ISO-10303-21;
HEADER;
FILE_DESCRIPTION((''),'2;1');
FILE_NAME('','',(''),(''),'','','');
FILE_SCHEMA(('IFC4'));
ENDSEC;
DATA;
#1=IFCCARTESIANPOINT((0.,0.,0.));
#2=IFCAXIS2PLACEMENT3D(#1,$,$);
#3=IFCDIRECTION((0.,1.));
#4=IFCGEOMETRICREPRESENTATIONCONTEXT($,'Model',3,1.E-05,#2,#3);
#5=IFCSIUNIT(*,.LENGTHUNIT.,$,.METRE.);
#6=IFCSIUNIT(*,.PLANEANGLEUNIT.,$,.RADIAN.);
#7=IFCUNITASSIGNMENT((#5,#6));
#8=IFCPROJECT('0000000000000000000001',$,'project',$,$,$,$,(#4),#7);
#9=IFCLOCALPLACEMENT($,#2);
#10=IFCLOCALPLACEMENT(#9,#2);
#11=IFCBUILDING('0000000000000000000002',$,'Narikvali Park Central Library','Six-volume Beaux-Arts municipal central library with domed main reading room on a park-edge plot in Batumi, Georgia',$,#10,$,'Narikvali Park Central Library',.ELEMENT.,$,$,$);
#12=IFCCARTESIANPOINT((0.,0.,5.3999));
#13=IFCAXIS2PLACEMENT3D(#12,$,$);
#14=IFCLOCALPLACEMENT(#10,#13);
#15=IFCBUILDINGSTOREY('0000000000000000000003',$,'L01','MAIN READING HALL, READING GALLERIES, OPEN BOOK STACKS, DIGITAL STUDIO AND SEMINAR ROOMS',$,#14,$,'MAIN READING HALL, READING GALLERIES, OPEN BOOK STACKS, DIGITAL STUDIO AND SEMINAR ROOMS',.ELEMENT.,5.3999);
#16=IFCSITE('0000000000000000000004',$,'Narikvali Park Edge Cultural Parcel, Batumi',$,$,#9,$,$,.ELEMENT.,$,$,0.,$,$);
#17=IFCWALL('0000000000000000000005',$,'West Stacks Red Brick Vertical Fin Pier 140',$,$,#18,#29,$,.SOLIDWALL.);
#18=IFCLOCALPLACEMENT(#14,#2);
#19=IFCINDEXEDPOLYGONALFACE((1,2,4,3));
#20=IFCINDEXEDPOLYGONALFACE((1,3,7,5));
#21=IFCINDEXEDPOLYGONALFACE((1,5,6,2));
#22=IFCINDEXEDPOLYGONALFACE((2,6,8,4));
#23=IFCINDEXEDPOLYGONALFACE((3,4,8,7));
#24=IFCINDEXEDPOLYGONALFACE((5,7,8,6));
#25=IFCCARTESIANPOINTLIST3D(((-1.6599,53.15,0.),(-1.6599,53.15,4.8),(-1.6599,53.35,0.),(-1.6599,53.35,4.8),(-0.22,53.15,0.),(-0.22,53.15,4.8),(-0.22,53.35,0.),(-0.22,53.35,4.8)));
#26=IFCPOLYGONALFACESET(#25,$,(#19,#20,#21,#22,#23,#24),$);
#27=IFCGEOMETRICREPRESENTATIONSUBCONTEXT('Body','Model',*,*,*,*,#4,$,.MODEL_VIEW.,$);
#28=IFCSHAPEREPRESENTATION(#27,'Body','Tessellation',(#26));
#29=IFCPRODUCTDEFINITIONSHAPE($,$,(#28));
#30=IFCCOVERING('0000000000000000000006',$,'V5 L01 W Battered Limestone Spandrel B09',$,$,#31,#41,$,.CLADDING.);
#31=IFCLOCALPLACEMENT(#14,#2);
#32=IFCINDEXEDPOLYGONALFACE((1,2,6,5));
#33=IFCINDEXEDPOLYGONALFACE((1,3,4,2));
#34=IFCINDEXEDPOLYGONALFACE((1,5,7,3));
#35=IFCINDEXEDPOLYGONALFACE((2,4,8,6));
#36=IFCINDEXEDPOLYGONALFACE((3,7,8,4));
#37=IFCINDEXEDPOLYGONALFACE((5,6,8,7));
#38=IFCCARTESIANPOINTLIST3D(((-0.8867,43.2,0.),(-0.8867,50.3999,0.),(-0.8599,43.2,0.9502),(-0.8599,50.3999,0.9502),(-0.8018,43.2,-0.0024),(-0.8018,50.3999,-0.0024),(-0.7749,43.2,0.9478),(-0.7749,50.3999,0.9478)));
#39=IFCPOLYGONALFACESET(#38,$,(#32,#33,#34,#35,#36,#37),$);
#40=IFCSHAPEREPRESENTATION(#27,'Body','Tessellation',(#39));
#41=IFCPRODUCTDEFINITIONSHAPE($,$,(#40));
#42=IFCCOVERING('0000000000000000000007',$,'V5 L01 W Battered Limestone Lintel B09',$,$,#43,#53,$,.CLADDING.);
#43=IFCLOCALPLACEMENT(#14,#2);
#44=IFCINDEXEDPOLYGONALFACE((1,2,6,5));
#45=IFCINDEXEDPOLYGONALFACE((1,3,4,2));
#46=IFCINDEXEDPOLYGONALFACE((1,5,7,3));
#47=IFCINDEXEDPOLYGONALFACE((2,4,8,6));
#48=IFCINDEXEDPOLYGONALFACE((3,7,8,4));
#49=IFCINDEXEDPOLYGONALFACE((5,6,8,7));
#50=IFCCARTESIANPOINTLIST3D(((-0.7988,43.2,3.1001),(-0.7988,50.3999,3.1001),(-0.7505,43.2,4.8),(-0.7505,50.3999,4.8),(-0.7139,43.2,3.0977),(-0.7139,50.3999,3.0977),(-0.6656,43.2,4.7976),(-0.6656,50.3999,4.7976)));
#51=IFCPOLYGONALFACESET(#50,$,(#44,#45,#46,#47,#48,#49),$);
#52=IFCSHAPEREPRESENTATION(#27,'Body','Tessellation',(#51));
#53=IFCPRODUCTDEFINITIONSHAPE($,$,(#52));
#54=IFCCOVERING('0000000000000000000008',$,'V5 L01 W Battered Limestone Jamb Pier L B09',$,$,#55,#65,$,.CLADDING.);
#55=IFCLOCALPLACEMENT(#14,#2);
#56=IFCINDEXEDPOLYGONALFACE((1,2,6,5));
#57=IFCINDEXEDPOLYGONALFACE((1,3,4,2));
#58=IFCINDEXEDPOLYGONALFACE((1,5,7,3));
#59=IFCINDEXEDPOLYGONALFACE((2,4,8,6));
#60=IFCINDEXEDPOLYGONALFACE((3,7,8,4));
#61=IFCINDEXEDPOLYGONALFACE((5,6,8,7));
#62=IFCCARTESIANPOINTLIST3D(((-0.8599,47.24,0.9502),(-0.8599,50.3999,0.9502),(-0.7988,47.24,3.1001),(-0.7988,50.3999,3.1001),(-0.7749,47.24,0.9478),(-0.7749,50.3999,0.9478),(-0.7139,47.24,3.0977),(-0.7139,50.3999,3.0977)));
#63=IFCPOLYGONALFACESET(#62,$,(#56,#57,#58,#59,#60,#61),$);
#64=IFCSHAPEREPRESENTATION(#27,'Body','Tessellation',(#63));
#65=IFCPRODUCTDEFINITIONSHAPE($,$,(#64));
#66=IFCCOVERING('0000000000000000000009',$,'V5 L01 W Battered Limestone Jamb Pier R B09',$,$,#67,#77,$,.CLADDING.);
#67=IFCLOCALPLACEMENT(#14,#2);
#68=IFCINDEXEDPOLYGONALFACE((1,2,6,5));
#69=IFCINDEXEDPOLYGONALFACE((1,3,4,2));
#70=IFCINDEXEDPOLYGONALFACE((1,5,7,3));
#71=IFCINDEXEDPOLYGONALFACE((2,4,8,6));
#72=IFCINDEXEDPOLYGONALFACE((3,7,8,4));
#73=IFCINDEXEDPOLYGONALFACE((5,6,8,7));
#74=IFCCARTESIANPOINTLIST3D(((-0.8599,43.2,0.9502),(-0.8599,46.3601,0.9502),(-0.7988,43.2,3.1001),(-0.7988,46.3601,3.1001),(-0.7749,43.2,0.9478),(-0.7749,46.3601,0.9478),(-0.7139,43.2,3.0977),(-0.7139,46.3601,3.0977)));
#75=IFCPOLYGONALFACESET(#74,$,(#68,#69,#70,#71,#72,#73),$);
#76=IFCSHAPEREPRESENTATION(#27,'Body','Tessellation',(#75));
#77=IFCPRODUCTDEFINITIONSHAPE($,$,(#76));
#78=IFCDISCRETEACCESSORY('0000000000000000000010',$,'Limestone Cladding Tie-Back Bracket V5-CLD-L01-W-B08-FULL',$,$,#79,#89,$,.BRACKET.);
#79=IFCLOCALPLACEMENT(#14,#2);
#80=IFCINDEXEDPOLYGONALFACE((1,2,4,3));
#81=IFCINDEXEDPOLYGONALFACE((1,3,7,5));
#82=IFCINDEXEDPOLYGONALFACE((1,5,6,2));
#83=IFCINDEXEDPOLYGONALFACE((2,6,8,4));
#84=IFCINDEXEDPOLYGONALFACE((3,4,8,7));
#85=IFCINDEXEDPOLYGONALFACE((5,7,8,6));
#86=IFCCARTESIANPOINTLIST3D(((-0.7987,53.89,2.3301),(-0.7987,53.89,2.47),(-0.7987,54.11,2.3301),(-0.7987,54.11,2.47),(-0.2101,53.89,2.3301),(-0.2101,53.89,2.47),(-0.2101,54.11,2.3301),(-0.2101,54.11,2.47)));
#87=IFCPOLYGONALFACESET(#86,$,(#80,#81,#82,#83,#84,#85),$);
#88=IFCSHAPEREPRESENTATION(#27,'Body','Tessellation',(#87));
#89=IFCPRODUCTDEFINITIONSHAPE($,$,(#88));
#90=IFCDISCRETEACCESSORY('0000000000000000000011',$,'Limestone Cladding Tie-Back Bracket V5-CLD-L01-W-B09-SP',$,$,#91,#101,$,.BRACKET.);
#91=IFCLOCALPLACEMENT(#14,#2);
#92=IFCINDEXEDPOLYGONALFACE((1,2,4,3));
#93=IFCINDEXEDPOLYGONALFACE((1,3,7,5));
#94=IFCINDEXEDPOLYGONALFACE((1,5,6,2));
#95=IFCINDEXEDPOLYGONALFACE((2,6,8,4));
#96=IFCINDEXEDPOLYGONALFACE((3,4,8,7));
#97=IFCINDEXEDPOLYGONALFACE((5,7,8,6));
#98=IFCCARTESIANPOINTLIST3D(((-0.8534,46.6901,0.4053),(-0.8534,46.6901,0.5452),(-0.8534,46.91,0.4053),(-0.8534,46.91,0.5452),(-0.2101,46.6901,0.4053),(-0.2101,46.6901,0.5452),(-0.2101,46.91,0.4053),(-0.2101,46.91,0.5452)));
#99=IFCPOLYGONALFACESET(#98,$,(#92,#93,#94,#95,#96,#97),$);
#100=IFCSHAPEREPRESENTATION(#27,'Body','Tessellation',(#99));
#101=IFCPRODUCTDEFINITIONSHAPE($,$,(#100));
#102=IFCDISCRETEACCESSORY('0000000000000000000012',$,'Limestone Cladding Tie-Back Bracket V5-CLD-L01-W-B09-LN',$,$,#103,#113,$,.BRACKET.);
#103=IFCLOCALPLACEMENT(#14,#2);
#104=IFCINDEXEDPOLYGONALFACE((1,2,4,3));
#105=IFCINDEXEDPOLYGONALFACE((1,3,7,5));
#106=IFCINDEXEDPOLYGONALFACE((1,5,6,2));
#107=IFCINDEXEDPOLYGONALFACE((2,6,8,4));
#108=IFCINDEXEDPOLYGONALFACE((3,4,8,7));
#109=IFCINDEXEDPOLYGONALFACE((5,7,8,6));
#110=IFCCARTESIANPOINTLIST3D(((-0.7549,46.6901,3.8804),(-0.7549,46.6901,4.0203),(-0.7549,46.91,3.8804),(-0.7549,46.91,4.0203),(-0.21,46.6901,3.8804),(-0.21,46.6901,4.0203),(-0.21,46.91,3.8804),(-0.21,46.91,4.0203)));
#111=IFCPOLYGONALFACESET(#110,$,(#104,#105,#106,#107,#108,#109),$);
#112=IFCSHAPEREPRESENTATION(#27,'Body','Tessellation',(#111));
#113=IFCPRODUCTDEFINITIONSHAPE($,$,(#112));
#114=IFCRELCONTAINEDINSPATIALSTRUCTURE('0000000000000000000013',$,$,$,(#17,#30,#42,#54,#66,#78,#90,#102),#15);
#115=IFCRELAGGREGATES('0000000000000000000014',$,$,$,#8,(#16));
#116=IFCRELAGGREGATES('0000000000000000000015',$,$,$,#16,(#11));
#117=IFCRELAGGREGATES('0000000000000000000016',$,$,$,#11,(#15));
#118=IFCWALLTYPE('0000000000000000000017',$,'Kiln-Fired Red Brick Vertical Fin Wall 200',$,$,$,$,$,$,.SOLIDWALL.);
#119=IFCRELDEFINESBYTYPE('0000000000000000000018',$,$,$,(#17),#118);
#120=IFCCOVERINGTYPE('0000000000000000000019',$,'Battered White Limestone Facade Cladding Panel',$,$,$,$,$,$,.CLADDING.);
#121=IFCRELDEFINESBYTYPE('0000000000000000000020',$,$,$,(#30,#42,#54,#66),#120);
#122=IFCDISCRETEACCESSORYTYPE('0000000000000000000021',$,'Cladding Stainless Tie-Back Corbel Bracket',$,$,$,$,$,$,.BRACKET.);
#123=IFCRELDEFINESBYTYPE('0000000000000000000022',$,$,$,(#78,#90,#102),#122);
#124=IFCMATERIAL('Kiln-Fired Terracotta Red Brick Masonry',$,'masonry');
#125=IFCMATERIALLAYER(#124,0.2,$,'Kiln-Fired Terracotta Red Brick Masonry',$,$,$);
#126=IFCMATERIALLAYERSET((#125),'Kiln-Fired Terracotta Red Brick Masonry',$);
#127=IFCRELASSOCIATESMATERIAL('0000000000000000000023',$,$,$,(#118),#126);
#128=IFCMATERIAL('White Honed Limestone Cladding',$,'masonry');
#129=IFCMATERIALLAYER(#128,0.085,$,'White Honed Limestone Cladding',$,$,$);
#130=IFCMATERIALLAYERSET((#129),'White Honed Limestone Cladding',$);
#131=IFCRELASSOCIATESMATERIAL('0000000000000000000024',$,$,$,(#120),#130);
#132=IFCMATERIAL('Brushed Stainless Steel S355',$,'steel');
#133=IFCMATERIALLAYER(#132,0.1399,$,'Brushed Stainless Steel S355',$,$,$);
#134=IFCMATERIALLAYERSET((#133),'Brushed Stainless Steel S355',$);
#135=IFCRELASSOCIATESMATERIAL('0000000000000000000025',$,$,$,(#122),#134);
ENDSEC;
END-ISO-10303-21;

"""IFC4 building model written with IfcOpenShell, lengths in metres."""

from ifc_helpers import new_model, si_unit, direction, frame, frame_2d, origin, origin_2d, place, context, subcontext, project, spatial, polyline, rectangle, outline, extrude, material, layer, layer_set, type_object, element, save


model = new_model("IFC4")

# Units and contexts
model_context = context("Model", 3, precision=1e-05, world=origin(), true_north=direction((0.0, 1.0)))
body_context = subcontext(model_context, "Body", "Model", "MODEL_VIEW")
ifc_project = project(units=[si_unit("LENGTHUNIT", "METRE"), si_unit("PLANEANGLEUNIT", "RADIAN")], contexts=[model_context])

# Site, building, storey
site_placement = place(None, origin())
site = spatial("IfcSite", under=ifc_project, at=site_placement, Name="Narikvali Park Edge Cultural Parcel, Batumi", CompositionType="ELEMENT", RefElevation=0.0)
building_placement = place(site_placement, origin())
building = spatial("IfcBuilding", under=site, at=building_placement, Name="Narikvali Park Central Library", Description="Six-volume Beaux-Arts municipal central library with domed main reading room on a park-edge plot in Batumi, Georgia", LongName="Narikvali Park Central Library", CompositionType="ELEMENT")
storey_placement = place(building_placement, frame((0.0, 0.0, 5.3999)))
storey = spatial("IfcBuildingStorey", under=building, at=storey_placement, Name="L01", Description="MAIN READING HALL, READING GALLERIES, OPEN BOOK STACKS, DIGITAL STUDIO AND SEMINAR ROOMS", LongName="MAIN READING HALL, READING GALLERIES, OPEN BOOK STACKS, DIGITAL STUDIO AND SEMINAR ROOMS", CompositionType="ELEMENT", Elevation=5.3999)

# Wall
ifc_material_1 = material(Name="Kiln-Fired Terracotta Red Brick Masonry", Category="masonry")
ifc_layer_1 = layer(ifc_material_1, 0.2, Name="Kiln-Fired Terracotta Red Brick Masonry")
ifc_layer_set_1 = layer_set([ifc_layer_1], Name="Kiln-Fired Terracotta Red Brick Masonry")
wall_type = type_object("IfcWallType", Name="Kiln-Fired Red Brick Vertical Fin Wall 200", PredefinedType="SOLIDWALL", material=ifc_layer_set_1)
for number, where, z_axis, x_axis, name in (
    (1, (-1.6599, 53.25, 0.0), (0.0, 0.0, 1.0), (1.0, 0.0, 0.0), "West Stacks Red Brick Vertical Fin Pier 140"),
):
    element("IfcWall", number, at=place(storey_placement, frame(where, z_axis=z_axis, x_axis=x_axis)), inside=storey, type_object=wall_type, Name=name, PredefinedType="SOLIDWALL", context=body_context, shape_type="SweptSolid", body=[
        extrude(rectangle(XDim=1.4399, YDim=0.2, at=frame_2d((0.72, 0.0))), origin(), (0.0, 0.0, 1.0), 4.8),
    ])

# Coverings
ifc_material_2 = material(Name="White Honed Limestone Cladding", Category="masonry")
ifc_layer_2 = layer(ifc_material_2, 0.085, Name="White Honed Limestone Cladding")
ifc_layer_set_2 = layer_set([ifc_layer_2], Name="White Honed Limestone Cladding")
covering_type = type_object("IfcCoveringType", Name="Battered White Limestone Facade Cladding Panel", PredefinedType="CLADDING", material=ifc_layer_set_2)
covering_1_placement = place(storey_placement, frame((-0.8867, 50.3999, 0.0), z_axis=(-0.999601, 0.0, 0.028252), x_axis=(0.0, -1.0, 0.0)))
element("IfcCovering", 2, at=covering_1_placement, inside=storey, type_object=covering_type, Name="V5 L01 W Battered Limestone Spandrel B09", PredefinedType="CLADDING", context=body_context, shape_type="SweptSolid", body=[
    extrude(outline(polyline([(0.0, 0.0), (7.2, 0.0), (7.2, 0.9506), (0.0, 0.9506), (0.0, 0.0)])), origin(), (0.0, 0.0, -1.0), 0.085),
])
covering_2_placement = place(storey_placement, frame((-0.7988, 50.3999, 3.1001), z_axis=(-0.999596, 0.0, 0.028425), x_axis=(0.0, -1.0, 0.0)))
element("IfcCovering", 3, at=covering_2_placement, inside=storey, type_object=covering_type, Name="V5 L01 W Battered Limestone Lintel B09", PredefinedType="CLADDING", context=body_context, shape_type="SweptSolid", body=[
    extrude(outline(polyline([(0.0, 0.0), (7.2, 0.0), (7.2, 1.7006), (0.0, 1.7006), (0.0, 0.0)])), origin(), (0.0, 0.0, -1.0), 0.085),
])
covering_3_placement = place(storey_placement, frame((-0.8599, 50.3999, 0.9502), z_axis=(-0.999597, 0.0, 0.028378), x_axis=(0.0, -1.0, 0.0)))
element("IfcCovering", 4, at=covering_3_placement, inside=storey, type_object=covering_type, Name="V5 L01 W Battered Limestone Jamb Pier L B09", PredefinedType="CLADDING", context=body_context, shape_type="SweptSolid", body=[
    extrude(outline(polyline([(0.0, 0.0), (3.1599, 0.0), (3.1599, 2.1508), (0.0, 2.1508), (0.0, 0.0)])), origin(), (0.0, 0.0, -1.0), 0.085),
])
covering_4_placement = place(storey_placement, frame((-0.8599, 46.3601, 0.9502), z_axis=(-0.999597, 0.0, 0.028378), x_axis=(0.0, -1.0, 0.0)))
element("IfcCovering", 5, at=covering_4_placement, inside=storey, type_object=covering_type, Name="V5 L01 W Battered Limestone Jamb Pier R B09", PredefinedType="CLADDING", context=body_context, shape_type="SweptSolid", body=[
    extrude(outline(polyline([(0.0, 0.0), (3.1602, 0.0), (3.1602, 2.1508), (0.0, 2.1508), (0.0, 0.0)])), origin(), (0.0, 0.0, -1.0), 0.085),
])

# Discrete accessories
ifc_material_3 = material(Name="Brushed Stainless Steel S355", Category="steel")
ifc_layer_3 = layer(ifc_material_3, 0.1399, Name="Brushed Stainless Steel S355")
ifc_layer_set_3 = layer_set([ifc_layer_3], Name="Brushed Stainless Steel S355")
discrete_accessory_type = type_object("IfcDiscreteAccessoryType", Name="Cladding Stainless Tie-Back Corbel Bracket", PredefinedType="BRACKET", material=ifc_layer_set_3)
discrete_accessory_1_placement = place(storey_placement, frame((-0.5044, 54.0, 2.3301), z_axis=(0.0, 0.0, 1.0), x_axis=(1.0, 0.0, 0.0)))
element("IfcDiscreteAccessory", 6, at=discrete_accessory_1_placement, inside=storey, type_object=discrete_accessory_type, Name="Limestone Cladding Tie-Back Bracket V5-CLD-L01-W-B08-FULL", PredefinedType="BRACKET", context=body_context, shape_type="SweptSolid", body=[
    extrude(rectangle(XDim=0.5886, YDim=0.22, at=origin_2d()), origin(), (0.0, 0.0, 1.0), 0.1399),
])
discrete_accessory_2_placement = place(storey_placement, frame((-0.5317, 46.8, 0.4053), z_axis=(0.0, 0.0, 1.0), x_axis=(1.0, 0.0, 0.0)))
element("IfcDiscreteAccessory", 7, at=discrete_accessory_2_placement, inside=storey, type_object=discrete_accessory_type, Name="Limestone Cladding Tie-Back Bracket V5-CLD-L01-W-B09-SP", PredefinedType="BRACKET", context=body_context, shape_type="SweptSolid", body=[
    extrude(rectangle(XDim=0.6433, YDim=0.22, at=origin_2d()), origin(), (0.0, 0.0, 1.0), 0.1399),
])
discrete_accessory_3_placement = place(storey_placement, frame((-0.4824, 46.8, 3.8804), z_axis=(0.0, 0.0, 1.0), x_axis=(1.0, 0.0, 0.0)))
element("IfcDiscreteAccessory", 8, at=discrete_accessory_3_placement, inside=storey, type_object=discrete_accessory_type, Name="Limestone Cladding Tie-Back Bracket V5-CLD-L01-W-B09-LN", PredefinedType="BRACKET", context=body_context, shape_type="SweptSolid", body=[
    extrude(rectangle(XDim=0.5449, YDim=0.22, at=origin_2d()), origin(), (0.0, 0.0, 1.0), 0.1399),
])

save(model, "model.ifc")
